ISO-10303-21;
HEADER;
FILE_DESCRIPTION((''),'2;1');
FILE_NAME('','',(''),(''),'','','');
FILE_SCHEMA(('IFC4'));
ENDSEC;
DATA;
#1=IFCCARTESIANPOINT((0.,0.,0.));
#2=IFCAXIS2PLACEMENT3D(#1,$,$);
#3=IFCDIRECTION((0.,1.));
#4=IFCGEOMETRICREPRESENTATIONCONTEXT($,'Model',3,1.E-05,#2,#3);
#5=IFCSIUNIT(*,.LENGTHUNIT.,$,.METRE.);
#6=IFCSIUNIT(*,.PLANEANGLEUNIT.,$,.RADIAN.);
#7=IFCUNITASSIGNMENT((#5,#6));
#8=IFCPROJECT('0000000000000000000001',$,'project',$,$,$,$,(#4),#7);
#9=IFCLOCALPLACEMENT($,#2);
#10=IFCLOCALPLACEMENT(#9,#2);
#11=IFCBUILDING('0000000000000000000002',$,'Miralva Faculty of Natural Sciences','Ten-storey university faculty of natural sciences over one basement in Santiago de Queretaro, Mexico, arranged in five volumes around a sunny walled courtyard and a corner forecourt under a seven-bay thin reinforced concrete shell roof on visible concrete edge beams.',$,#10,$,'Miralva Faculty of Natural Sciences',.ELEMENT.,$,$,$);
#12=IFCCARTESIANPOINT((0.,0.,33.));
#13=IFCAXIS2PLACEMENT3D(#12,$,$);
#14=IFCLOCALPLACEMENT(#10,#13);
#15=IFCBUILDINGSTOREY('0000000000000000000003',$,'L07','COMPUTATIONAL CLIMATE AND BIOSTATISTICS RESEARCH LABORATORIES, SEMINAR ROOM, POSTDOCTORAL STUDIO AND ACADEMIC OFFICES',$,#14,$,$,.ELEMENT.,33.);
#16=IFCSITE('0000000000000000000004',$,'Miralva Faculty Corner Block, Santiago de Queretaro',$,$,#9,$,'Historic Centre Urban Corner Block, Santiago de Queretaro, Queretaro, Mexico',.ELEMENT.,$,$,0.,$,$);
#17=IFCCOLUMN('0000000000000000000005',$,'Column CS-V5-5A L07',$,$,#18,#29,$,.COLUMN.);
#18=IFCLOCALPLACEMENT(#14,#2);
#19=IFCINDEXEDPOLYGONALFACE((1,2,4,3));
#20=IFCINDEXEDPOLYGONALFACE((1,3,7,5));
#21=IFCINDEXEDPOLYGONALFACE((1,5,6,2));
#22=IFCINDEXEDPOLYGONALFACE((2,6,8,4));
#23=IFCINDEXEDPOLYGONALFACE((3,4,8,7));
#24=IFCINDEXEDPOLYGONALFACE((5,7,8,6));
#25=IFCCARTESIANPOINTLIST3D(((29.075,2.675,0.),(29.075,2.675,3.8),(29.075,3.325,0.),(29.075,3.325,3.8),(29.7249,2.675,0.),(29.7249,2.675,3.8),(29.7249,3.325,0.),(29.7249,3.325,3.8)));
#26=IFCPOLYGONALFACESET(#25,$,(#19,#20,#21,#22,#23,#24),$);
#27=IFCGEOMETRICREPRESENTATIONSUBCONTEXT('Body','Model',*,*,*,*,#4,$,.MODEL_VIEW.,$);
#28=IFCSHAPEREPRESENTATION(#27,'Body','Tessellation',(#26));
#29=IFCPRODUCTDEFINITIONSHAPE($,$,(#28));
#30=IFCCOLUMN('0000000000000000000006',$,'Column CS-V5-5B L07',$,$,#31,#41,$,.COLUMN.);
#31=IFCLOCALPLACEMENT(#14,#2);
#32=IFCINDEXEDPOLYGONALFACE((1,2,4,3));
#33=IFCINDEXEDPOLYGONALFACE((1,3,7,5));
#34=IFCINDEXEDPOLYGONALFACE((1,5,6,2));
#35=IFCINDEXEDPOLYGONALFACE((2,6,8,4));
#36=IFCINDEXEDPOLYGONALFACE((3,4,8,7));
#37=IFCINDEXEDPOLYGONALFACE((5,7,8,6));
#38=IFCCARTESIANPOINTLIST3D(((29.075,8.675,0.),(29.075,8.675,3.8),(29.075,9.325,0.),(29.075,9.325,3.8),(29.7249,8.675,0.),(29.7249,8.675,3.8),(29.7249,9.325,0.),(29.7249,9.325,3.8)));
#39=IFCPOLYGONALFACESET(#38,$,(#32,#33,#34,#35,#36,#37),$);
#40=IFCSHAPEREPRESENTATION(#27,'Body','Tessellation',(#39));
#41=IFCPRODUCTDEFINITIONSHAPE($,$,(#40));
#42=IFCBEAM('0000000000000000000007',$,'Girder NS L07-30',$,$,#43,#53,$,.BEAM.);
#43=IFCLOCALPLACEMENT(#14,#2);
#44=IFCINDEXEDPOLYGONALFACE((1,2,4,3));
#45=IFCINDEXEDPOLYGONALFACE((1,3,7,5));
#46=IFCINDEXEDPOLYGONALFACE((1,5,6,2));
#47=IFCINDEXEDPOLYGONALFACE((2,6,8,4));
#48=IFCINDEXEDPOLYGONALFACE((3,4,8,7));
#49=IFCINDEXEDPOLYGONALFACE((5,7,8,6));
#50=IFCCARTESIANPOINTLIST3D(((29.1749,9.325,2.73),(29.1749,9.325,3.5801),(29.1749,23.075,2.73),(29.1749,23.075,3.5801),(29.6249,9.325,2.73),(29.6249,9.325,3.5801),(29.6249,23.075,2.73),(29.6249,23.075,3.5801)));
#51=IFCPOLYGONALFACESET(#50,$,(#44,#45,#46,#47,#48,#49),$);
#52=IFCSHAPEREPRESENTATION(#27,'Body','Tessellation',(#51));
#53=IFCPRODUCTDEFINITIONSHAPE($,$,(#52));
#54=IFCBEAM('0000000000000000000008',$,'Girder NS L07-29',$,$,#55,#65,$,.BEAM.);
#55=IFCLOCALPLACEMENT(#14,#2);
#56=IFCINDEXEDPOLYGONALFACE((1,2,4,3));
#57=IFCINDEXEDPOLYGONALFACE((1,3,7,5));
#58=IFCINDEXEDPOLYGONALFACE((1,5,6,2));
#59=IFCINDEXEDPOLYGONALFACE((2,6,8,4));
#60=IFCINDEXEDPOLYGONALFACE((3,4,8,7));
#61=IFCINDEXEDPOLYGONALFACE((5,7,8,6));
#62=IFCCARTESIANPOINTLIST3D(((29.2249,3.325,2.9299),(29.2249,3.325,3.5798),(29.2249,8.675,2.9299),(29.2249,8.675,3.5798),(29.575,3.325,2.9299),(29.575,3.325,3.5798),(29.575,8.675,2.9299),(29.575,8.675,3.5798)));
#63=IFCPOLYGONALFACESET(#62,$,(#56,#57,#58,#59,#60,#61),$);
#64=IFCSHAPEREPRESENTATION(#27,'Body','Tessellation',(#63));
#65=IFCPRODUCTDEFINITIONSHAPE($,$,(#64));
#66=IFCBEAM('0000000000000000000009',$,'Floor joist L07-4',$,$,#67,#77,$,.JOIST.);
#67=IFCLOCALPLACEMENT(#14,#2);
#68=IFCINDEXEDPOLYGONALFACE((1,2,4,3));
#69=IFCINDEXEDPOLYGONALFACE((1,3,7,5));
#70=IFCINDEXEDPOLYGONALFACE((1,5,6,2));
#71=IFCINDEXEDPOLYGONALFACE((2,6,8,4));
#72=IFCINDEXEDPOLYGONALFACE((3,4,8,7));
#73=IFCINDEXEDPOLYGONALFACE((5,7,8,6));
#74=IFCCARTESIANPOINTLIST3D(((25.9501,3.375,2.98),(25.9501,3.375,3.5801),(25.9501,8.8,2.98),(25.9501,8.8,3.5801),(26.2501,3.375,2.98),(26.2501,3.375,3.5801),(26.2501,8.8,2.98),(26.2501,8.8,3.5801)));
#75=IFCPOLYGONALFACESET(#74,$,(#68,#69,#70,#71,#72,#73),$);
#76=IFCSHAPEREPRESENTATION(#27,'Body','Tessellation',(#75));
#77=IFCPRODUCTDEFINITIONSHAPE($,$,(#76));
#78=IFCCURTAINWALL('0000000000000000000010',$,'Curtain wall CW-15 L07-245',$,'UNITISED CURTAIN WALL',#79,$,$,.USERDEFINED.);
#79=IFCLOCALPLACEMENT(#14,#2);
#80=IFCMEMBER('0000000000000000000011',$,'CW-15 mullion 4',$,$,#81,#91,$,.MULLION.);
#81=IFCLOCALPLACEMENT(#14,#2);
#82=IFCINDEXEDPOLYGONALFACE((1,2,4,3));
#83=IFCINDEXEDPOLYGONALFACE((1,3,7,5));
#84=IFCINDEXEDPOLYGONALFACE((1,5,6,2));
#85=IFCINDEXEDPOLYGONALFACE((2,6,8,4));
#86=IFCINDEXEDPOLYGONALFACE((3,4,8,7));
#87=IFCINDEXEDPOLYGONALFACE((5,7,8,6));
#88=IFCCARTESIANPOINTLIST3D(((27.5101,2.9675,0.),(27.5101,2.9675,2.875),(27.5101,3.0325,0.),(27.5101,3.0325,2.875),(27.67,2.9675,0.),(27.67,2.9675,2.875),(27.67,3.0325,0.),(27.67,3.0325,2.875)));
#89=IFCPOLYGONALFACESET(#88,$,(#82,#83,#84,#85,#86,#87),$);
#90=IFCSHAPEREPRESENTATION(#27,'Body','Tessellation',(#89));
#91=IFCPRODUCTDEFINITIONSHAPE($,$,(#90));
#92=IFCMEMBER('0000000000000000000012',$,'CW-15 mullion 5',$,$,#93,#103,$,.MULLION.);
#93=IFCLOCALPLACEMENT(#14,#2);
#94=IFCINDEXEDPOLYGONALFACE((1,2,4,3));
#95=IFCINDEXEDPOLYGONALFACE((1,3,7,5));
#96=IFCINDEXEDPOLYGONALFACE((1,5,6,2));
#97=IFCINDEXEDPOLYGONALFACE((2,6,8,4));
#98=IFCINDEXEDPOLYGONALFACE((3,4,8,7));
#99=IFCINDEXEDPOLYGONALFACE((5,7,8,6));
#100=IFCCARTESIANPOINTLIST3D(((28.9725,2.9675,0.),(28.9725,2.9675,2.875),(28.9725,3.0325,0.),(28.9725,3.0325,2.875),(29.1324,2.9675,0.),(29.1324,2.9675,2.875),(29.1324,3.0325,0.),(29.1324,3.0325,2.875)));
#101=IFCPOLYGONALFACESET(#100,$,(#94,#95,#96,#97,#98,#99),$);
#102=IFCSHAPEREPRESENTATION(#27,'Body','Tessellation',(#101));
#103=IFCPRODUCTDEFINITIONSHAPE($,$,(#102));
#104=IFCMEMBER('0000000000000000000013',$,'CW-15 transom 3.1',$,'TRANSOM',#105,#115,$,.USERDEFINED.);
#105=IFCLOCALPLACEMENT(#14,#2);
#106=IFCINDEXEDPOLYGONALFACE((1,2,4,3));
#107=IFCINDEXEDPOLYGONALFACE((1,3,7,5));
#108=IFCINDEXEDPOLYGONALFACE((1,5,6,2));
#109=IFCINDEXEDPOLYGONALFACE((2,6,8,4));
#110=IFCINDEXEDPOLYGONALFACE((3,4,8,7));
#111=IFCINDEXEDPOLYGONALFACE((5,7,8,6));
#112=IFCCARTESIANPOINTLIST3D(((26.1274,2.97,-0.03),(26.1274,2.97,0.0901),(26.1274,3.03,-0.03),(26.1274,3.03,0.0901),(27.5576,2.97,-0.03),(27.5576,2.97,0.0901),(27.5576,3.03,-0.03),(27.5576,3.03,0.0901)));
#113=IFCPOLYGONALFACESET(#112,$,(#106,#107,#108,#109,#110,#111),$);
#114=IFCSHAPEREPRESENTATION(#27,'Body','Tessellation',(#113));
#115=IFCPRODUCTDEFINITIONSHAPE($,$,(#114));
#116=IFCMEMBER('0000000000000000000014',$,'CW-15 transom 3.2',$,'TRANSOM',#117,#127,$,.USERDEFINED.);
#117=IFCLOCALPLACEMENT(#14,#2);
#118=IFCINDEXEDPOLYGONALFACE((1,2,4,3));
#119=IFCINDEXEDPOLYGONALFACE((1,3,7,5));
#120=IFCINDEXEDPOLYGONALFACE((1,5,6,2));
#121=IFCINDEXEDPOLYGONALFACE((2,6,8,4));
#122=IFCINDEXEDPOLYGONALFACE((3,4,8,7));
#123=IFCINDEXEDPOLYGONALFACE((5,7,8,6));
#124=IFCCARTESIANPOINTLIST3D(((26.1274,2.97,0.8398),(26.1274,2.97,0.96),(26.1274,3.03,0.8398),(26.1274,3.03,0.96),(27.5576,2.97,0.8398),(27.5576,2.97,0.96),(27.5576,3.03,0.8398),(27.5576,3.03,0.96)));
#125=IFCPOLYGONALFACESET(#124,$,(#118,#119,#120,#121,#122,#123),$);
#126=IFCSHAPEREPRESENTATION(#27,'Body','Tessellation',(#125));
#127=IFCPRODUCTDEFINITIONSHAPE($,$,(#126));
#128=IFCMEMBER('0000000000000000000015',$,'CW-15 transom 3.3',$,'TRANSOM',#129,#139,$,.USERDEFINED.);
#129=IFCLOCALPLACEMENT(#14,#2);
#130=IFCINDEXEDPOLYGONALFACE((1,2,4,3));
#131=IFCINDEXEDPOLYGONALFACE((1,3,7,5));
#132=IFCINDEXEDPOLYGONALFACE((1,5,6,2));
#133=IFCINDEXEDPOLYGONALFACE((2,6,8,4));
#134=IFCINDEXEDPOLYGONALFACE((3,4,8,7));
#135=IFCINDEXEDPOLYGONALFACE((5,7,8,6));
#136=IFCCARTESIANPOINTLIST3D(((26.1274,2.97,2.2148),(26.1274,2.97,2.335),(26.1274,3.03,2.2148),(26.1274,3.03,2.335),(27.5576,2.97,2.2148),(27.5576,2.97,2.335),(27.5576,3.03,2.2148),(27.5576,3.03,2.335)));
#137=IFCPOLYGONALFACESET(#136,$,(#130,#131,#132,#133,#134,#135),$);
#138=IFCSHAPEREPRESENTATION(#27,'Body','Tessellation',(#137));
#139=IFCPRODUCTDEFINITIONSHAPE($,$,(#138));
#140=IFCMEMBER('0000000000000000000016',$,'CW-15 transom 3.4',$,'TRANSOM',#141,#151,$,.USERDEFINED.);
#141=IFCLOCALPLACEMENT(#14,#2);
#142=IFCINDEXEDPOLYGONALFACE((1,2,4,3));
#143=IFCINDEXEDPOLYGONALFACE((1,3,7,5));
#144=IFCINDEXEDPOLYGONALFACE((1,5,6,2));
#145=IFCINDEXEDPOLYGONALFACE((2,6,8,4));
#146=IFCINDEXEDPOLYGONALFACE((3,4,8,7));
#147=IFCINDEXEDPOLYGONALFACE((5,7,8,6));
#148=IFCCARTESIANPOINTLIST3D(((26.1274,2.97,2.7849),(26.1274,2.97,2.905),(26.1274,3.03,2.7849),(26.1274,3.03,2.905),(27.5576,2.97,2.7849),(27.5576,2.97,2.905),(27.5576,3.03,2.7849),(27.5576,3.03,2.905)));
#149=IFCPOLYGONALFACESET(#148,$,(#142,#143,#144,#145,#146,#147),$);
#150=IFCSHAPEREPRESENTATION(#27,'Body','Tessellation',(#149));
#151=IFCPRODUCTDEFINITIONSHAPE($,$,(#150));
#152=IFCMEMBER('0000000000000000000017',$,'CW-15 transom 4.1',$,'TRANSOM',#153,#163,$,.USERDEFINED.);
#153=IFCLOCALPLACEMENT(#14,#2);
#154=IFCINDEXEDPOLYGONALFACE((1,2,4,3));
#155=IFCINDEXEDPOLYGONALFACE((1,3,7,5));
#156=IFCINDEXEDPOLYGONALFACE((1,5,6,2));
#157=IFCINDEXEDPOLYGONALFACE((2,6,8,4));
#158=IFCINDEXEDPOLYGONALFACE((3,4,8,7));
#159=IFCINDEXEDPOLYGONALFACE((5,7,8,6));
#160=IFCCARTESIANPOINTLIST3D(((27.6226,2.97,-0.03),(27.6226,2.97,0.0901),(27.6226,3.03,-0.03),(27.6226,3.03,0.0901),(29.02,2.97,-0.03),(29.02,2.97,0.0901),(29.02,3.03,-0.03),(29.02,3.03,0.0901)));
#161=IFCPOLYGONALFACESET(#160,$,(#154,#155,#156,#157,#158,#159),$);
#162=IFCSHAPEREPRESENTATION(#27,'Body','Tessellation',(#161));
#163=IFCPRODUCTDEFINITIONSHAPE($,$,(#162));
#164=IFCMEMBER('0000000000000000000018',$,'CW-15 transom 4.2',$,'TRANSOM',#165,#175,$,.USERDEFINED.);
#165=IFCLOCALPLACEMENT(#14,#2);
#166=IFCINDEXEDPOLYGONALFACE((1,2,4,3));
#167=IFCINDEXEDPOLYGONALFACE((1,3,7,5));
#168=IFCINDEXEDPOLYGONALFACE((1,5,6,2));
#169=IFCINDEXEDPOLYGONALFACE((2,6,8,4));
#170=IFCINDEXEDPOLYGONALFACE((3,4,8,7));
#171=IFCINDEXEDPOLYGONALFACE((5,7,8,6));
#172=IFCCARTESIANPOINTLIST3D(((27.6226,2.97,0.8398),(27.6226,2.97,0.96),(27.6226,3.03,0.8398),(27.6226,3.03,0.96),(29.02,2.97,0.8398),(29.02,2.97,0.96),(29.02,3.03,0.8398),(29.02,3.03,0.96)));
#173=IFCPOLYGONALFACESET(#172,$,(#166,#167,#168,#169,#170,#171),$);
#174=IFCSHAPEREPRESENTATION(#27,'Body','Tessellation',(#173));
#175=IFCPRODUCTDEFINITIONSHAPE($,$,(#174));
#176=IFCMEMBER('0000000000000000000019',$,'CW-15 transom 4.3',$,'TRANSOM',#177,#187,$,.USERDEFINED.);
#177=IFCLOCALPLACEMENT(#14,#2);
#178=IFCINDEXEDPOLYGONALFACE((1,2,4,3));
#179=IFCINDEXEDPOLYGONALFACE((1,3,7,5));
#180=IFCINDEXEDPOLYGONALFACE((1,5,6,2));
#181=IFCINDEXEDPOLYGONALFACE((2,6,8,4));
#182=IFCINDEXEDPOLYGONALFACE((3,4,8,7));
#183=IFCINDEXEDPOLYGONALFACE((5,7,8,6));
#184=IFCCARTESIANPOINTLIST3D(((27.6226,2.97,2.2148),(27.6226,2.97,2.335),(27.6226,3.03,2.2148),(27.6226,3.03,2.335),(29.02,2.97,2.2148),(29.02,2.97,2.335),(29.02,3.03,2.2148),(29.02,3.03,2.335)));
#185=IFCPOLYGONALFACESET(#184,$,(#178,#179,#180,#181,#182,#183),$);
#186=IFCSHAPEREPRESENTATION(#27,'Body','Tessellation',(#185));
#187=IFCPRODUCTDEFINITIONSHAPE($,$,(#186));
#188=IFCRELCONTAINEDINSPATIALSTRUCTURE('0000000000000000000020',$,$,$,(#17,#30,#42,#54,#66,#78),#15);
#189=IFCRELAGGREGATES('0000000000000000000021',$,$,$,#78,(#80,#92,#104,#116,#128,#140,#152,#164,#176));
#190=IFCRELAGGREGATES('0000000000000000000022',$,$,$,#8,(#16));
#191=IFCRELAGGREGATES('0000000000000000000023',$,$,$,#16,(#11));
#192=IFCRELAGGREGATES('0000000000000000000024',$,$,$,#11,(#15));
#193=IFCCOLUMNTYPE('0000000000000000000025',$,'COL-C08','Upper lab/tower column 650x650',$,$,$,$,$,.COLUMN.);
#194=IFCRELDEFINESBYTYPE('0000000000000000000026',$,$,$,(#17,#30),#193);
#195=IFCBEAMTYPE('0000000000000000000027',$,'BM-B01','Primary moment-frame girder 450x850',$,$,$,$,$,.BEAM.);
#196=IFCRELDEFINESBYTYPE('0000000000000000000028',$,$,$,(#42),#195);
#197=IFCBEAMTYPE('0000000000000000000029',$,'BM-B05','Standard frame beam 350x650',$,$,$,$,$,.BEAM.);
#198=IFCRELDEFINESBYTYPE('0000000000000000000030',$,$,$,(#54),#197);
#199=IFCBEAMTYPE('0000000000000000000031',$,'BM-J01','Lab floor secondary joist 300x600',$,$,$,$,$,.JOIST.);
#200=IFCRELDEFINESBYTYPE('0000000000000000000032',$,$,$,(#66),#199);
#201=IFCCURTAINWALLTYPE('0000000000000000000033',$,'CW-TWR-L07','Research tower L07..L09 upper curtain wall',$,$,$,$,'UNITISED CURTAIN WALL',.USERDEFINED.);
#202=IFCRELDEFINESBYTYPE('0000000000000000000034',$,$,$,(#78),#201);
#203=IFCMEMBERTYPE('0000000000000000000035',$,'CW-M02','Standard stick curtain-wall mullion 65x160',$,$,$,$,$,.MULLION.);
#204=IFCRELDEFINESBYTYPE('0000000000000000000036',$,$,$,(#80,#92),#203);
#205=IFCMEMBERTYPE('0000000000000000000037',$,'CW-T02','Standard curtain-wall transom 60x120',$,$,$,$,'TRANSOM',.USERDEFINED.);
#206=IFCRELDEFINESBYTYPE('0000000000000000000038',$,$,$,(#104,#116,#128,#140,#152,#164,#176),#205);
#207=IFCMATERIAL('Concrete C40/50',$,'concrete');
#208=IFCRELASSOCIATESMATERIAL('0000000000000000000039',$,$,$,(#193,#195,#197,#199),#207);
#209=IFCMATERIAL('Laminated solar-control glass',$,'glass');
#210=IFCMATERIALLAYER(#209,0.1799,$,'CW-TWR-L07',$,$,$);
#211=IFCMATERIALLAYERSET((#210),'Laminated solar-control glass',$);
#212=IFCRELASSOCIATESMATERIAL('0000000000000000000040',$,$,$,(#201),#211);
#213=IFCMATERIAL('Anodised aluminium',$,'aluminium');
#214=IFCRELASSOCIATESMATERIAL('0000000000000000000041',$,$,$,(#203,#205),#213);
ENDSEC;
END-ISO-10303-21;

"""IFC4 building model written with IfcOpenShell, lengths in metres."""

from ifc_helpers import new_model, si_unit, direction, frame, origin, origin_2d, place, context, subcontext, project, spatial, rectangle, extrude, material, layer, layer_set, material_profile, profile_set, type_object, element, aggregate, save


model = new_model("IFC4")

# Units and contexts
model_context = context("Model", 3, precision=1e-05, world=origin(), true_north=direction((0.0, 1.0)))
body_context = subcontext(model_context, "Body", "Model", "MODEL_VIEW")
ifc_project = project(units=[si_unit("LENGTHUNIT", "METRE"), si_unit("PLANEANGLEUNIT", "RADIAN")], contexts=[model_context])

# Site, building, storey
site_placement = place(None, origin())
site = spatial("IfcSite", under=ifc_project, at=site_placement, Name="Miralva Faculty Corner Block, Santiago de Queretaro", LongName="Historic Centre Urban Corner Block, Santiago de Queretaro, Queretaro, Mexico", CompositionType="ELEMENT", RefElevation=0.0)
building_placement = place(site_placement, origin())
building = spatial("IfcBuilding", under=site, at=building_placement, Name="Miralva Faculty of Natural Sciences", Description="Ten-storey university faculty of natural sciences over one basement in Santiago de Queretaro, Mexico, arranged in five volumes around a sunny walled courtyard and a corner forecourt under a seven-bay thin reinforced concrete shell roof on visible concrete edge beams.", LongName="Miralva Faculty of Natural Sciences", CompositionType="ELEMENT")
storey_placement = place(building_placement, frame((0.0, 0.0, 33.0)))
storey = spatial("IfcBuildingStorey", under=building, at=storey_placement, Name="L07", Description="COMPUTATIONAL CLIMATE AND BIOSTATISTICS RESEARCH LABORATORIES, SEMINAR ROOM, POSTDOCTORAL STUDIO AND ACADEMIC OFFICES", CompositionType="ELEMENT", Elevation=33.0)

# Columns
ifc_material_1 = material(Name="Concrete C40/50", Category="concrete")
ifc_material_profile_1 = material_profile(ifc_material_1, rectangle(XDim=0.6499, YDim=0.6499, at=origin_2d()), Name="RC 650x650")
ifc_profile_set_1 = profile_set([ifc_material_profile_1], Name="Concrete C40/50")
column_type = type_object("IfcColumnType", Name="COL-C08", Description="Upper lab/tower column 650x650", PredefinedType="COLUMN", material=ifc_profile_set_1)
for number, where, z_axis, x_axis, name in (
    (1, (29.3999, 3.0, 0.0), (0.0, 0.0, 1.0), (1.0, 0.0, 0.0), "Column CS-V5-5A L07"),
    (2, (29.3999, 9.0, 0.0), (0.0, 0.0, 1.0), (1.0, 0.0, 0.0), "Column CS-V5-5B L07"),
):
    element("IfcColumn", number, at=place(storey_placement, frame(where, z_axis=z_axis, x_axis=x_axis)), inside=storey, type_object=column_type, Name=name, PredefinedType="COLUMN", context=body_context, shape_type="SweptSolid", body=[
        extrude(rectangle(XDim=0.6499, YDim=0.6499, at=origin_2d()), origin(), (0.0, 0.0, 1.0), 3.8),
    ])

# Beams
ifc_material_profile_2 = material_profile(ifc_material_1, rectangle(XDim=0.45, YDim=0.8501, at=origin_2d()), Name="RC 450x850")
ifc_profile_set_2 = profile_set([ifc_material_profile_2], Name="Concrete C40/50")
beam_type_1 = type_object("IfcBeamType", Name="BM-B01", Description="Primary moment-frame girder 450x850", PredefinedType="BEAM", material=ifc_profile_set_2)
beam_1_placement = place(storey_placement, frame((29.3999, 9.325, 3.155), z_axis=(0.0, 1.0, 0.0), x_axis=(-1.0, 0.0, 0.0)))
element("IfcBeam", 3, at=beam_1_placement, inside=storey, type_object=beam_type_1, Name="Girder NS L07-30", PredefinedType="BEAM", context=body_context, shape_type="SweptSolid", body=[
    extrude(rectangle(XDim=0.45, YDim=0.8501, at=origin_2d()), origin(), (0.0, 0.0, 1.0), 13.75),
])
ifc_material_profile_3 = material_profile(ifc_material_1, rectangle(XDim=0.3501, YDim=0.6499, at=origin_2d()), Name="RC 350x650")
ifc_profile_set_3 = profile_set([ifc_material_profile_3], Name="Concrete C40/50")
beam_type_2 = type_object("IfcBeamType", Name="BM-B05", Description="Standard frame beam 350x650", PredefinedType="BEAM", material=ifc_profile_set_3)
beam_2_placement = place(storey_placement, frame((29.3999, 3.325, 3.2549), z_axis=(0.0, 1.0, 0.0), x_axis=(-1.0, 0.0, 0.0)))
element("IfcBeam", 4, at=beam_2_placement, inside=storey, type_object=beam_type_2, Name="Girder NS L07-29", PredefinedType="BEAM", context=body_context, shape_type="SweptSolid", body=[
    extrude(rectangle(XDim=0.3501, YDim=0.6499, at=origin_2d()), origin(), (0.0, 0.0, 1.0), 5.3501),
])
ifc_material_profile_4 = material_profile(ifc_material_1, rectangle(XDim=0.3, YDim=0.6001, at=origin_2d()), Name="RC 300x600")
ifc_profile_set_4 = profile_set([ifc_material_profile_4], Name="Concrete C40/50")
beam_type_3 = type_object("IfcBeamType", Name="BM-J01", Description="Lab floor secondary joist 300x600", PredefinedType="JOIST", material=ifc_profile_set_4)
beam_3_placement = place(storey_placement, frame((26.1001, 3.375, 3.28), z_axis=(0.0, 1.0, 0.0), x_axis=(-1.0, 0.0, 0.0)))
element("IfcBeam", 5, at=beam_3_placement, inside=storey, type_object=beam_type_3, Name="Floor joist L07-4", PredefinedType="JOIST", context=body_context, shape_type="SweptSolid", body=[
    extrude(rectangle(XDim=0.3, YDim=0.6001, at=origin_2d()), origin(), (0.0, 0.0, 1.0), 5.425),
])

# Curtain wall, members
ifc_material_2 = material(Name="Laminated solar-control glass", Category="glass")
ifc_layer_1 = layer(ifc_material_2, 0.1799, Name="CW-TWR-L07")
ifc_layer_set_1 = layer_set([ifc_layer_1], Name="Laminated solar-control glass")
curtain_wall_type = type_object("IfcCurtainWallType", Name="CW-TWR-L07", Description="Research tower L07..L09 upper curtain wall", ElementType="UNITISED CURTAIN WALL", PredefinedType="USERDEFINED", material=ifc_layer_set_1)
curtain_wall_placement = place(storey_placement, origin())
curtain_wall = element("IfcCurtainWall", 6, at=curtain_wall_placement, inside=storey, type_object=curtain_wall_type, Name="Curtain wall CW-15 L07-245", ObjectType="UNITISED CURTAIN WALL", PredefinedType="USERDEFINED")
ifc_material_3 = material(Name="Anodised aluminium", Category="aluminium")
ifc_material_profile_5 = material_profile(ifc_material_3, rectangle(XDim=0.0649, YDim=0.1599, at=origin_2d()), Name="MULLION 65x160")
ifc_profile_set_5 = profile_set([ifc_material_profile_5], Name="Anodised aluminium")
member_type_1 = type_object("IfcMemberType", Name="CW-M02", Description="Standard stick curtain-wall mullion 65x160", PredefinedType="MULLION", material=ifc_profile_set_5)
member_1_placement = place(storey_placement, frame((27.5901, 3.0, 0.0), z_axis=(0.0, 0.0, 1.0), x_axis=(0.0, 1.0, 0.0)))
member_1 = element("IfcMember", 7, at=member_1_placement, type_object=member_type_1, Name="CW-15 mullion 4", PredefinedType="MULLION", context=body_context, shape_type="SweptSolid", body=[
    extrude(rectangle(XDim=0.0649, YDim=0.1599, at=origin_2d()), origin(), (0.0, 0.0, 1.0), 2.875),
])
member_2_placement = place(storey_placement, frame((29.0525, 3.0, 0.0), z_axis=(0.0, 0.0, 1.0), x_axis=(0.0, 1.0, 0.0)))
member_2 = element("IfcMember", 8, at=member_2_placement, type_object=member_type_1, Name="CW-15 mullion 5", PredefinedType="MULLION", context=body_context, shape_type="SweptSolid", body=[
    extrude(rectangle(XDim=0.0649, YDim=0.1599, at=origin_2d()), origin(), (0.0, 0.0, 1.0), 2.875),
])
ifc_material_profile_6 = material_profile(ifc_material_3, rectangle(XDim=0.0601, YDim=0.1201, at=origin_2d()), Name="TRANSOM 60x120")
ifc_profile_set_6 = profile_set([ifc_material_profile_6], Name="Anodised aluminium")
member_type_2 = type_object("IfcMemberType", Name="CW-T02", Description="Standard curtain-wall transom 60x120", ElementType="TRANSOM", PredefinedType="USERDEFINED", material=ifc_profile_set_6)
member_3_placement = place(storey_placement, frame((26.1274, 3.0, 0.03), z_axis=(1.0, 0.0, 0.0), x_axis=(0.0, 1.0, 0.0)))
member_3 = element("IfcMember", 9, at=member_3_placement, type_object=member_type_2, Name="CW-15 transom 3.1", ObjectType="TRANSOM", PredefinedType="USERDEFINED", context=body_context, shape_type="SweptSolid", body=[
    extrude(rectangle(XDim=0.0601, YDim=0.1201, at=origin_2d()), origin(), (0.0, 0.0, 1.0), 1.4302),
])
member_4_placement = place(storey_placement, frame((26.1274, 3.0, 0.8999), z_axis=(1.0, 0.0, 0.0), x_axis=(0.0, 1.0, 0.0)))
member_4 = element("IfcMember", 10, at=member_4_placement, type_object=member_type_2, Name="CW-15 transom 3.2", ObjectType="TRANSOM", PredefinedType="USERDEFINED", context=body_context, shape_type="SweptSolid", body=[
    extrude(rectangle(XDim=0.0601, YDim=0.1201, at=origin_2d()), origin(), (0.0, 0.0, 1.0), 1.4302),
])
member_5_placement = place(storey_placement, frame((26.1274, 3.0, 2.2749), z_axis=(1.0, 0.0, 0.0), x_axis=(0.0, 1.0, 0.0)))
member_5 = element("IfcMember", 11, at=member_5_placement, type_object=member_type_2, Name="CW-15 transom 3.3", ObjectType="TRANSOM", PredefinedType="USERDEFINED", context=body_context, shape_type="SweptSolid", body=[
    extrude(rectangle(XDim=0.0601, YDim=0.1201, at=origin_2d()), origin(), (0.0, 0.0, 1.0), 1.4302),
])
member_6_placement = place(storey_placement, frame((26.1274, 3.0, 2.845), z_axis=(1.0, 0.0, 0.0), x_axis=(0.0, 1.0, 0.0)))
member_6 = element("IfcMember", 12, at=member_6_placement, type_object=member_type_2, Name="CW-15 transom 3.4", ObjectType="TRANSOM", PredefinedType="USERDEFINED", context=body_context, shape_type="SweptSolid", body=[
    extrude(rectangle(XDim=0.0601, YDim=0.1201, at=origin_2d()), origin(), (0.0, 0.0, 1.0), 1.4302),
])
member_7_placement = place(storey_placement, frame((27.6226, 3.0, 0.03), z_axis=(1.0, 0.0, 0.0), x_axis=(0.0, 1.0, 0.0)))
member_7 = element("IfcMember", 13, at=member_7_placement, type_object=member_type_2, Name="CW-15 transom 4.1", ObjectType="TRANSOM", PredefinedType="USERDEFINED", context=body_context, shape_type="SweptSolid", body=[
    extrude(rectangle(XDim=0.0601, YDim=0.1201, at=origin_2d()), origin(), (0.0, 0.0, 1.0), 1.3975),
])
member_8_placement = place(storey_placement, frame((27.6226, 3.0, 0.8999), z_axis=(1.0, 0.0, 0.0), x_axis=(0.0, 1.0, 0.0)))
member_8 = element("IfcMember", 14, at=member_8_placement, type_object=member_type_2, Name="CW-15 transom 4.2", ObjectType="TRANSOM", PredefinedType="USERDEFINED", context=body_context, shape_type="SweptSolid", body=[
    extrude(rectangle(XDim=0.0601, YDim=0.1201, at=origin_2d()), origin(), (0.0, 0.0, 1.0), 1.3975),
])
member_9_placement = place(storey_placement, frame((27.6226, 3.0, 2.2749), z_axis=(1.0, 0.0, 0.0), x_axis=(0.0, 1.0, 0.0)))
member_9 = element("IfcMember", 15, at=member_9_placement, type_object=member_type_2, Name="CW-15 transom 4.3", ObjectType="TRANSOM", PredefinedType="USERDEFINED", context=body_context, shape_type="SweptSolid", body=[
    extrude(rectangle(XDim=0.0601, YDim=0.1201, at=origin_2d()), origin(), (0.0, 0.0, 1.0), 1.3975),
])
aggregate(curtain_wall, [member_1, member_2, member_3, member_4, member_5, member_6, member_7, member_8, member_9])

save(model, "model.ifc")
